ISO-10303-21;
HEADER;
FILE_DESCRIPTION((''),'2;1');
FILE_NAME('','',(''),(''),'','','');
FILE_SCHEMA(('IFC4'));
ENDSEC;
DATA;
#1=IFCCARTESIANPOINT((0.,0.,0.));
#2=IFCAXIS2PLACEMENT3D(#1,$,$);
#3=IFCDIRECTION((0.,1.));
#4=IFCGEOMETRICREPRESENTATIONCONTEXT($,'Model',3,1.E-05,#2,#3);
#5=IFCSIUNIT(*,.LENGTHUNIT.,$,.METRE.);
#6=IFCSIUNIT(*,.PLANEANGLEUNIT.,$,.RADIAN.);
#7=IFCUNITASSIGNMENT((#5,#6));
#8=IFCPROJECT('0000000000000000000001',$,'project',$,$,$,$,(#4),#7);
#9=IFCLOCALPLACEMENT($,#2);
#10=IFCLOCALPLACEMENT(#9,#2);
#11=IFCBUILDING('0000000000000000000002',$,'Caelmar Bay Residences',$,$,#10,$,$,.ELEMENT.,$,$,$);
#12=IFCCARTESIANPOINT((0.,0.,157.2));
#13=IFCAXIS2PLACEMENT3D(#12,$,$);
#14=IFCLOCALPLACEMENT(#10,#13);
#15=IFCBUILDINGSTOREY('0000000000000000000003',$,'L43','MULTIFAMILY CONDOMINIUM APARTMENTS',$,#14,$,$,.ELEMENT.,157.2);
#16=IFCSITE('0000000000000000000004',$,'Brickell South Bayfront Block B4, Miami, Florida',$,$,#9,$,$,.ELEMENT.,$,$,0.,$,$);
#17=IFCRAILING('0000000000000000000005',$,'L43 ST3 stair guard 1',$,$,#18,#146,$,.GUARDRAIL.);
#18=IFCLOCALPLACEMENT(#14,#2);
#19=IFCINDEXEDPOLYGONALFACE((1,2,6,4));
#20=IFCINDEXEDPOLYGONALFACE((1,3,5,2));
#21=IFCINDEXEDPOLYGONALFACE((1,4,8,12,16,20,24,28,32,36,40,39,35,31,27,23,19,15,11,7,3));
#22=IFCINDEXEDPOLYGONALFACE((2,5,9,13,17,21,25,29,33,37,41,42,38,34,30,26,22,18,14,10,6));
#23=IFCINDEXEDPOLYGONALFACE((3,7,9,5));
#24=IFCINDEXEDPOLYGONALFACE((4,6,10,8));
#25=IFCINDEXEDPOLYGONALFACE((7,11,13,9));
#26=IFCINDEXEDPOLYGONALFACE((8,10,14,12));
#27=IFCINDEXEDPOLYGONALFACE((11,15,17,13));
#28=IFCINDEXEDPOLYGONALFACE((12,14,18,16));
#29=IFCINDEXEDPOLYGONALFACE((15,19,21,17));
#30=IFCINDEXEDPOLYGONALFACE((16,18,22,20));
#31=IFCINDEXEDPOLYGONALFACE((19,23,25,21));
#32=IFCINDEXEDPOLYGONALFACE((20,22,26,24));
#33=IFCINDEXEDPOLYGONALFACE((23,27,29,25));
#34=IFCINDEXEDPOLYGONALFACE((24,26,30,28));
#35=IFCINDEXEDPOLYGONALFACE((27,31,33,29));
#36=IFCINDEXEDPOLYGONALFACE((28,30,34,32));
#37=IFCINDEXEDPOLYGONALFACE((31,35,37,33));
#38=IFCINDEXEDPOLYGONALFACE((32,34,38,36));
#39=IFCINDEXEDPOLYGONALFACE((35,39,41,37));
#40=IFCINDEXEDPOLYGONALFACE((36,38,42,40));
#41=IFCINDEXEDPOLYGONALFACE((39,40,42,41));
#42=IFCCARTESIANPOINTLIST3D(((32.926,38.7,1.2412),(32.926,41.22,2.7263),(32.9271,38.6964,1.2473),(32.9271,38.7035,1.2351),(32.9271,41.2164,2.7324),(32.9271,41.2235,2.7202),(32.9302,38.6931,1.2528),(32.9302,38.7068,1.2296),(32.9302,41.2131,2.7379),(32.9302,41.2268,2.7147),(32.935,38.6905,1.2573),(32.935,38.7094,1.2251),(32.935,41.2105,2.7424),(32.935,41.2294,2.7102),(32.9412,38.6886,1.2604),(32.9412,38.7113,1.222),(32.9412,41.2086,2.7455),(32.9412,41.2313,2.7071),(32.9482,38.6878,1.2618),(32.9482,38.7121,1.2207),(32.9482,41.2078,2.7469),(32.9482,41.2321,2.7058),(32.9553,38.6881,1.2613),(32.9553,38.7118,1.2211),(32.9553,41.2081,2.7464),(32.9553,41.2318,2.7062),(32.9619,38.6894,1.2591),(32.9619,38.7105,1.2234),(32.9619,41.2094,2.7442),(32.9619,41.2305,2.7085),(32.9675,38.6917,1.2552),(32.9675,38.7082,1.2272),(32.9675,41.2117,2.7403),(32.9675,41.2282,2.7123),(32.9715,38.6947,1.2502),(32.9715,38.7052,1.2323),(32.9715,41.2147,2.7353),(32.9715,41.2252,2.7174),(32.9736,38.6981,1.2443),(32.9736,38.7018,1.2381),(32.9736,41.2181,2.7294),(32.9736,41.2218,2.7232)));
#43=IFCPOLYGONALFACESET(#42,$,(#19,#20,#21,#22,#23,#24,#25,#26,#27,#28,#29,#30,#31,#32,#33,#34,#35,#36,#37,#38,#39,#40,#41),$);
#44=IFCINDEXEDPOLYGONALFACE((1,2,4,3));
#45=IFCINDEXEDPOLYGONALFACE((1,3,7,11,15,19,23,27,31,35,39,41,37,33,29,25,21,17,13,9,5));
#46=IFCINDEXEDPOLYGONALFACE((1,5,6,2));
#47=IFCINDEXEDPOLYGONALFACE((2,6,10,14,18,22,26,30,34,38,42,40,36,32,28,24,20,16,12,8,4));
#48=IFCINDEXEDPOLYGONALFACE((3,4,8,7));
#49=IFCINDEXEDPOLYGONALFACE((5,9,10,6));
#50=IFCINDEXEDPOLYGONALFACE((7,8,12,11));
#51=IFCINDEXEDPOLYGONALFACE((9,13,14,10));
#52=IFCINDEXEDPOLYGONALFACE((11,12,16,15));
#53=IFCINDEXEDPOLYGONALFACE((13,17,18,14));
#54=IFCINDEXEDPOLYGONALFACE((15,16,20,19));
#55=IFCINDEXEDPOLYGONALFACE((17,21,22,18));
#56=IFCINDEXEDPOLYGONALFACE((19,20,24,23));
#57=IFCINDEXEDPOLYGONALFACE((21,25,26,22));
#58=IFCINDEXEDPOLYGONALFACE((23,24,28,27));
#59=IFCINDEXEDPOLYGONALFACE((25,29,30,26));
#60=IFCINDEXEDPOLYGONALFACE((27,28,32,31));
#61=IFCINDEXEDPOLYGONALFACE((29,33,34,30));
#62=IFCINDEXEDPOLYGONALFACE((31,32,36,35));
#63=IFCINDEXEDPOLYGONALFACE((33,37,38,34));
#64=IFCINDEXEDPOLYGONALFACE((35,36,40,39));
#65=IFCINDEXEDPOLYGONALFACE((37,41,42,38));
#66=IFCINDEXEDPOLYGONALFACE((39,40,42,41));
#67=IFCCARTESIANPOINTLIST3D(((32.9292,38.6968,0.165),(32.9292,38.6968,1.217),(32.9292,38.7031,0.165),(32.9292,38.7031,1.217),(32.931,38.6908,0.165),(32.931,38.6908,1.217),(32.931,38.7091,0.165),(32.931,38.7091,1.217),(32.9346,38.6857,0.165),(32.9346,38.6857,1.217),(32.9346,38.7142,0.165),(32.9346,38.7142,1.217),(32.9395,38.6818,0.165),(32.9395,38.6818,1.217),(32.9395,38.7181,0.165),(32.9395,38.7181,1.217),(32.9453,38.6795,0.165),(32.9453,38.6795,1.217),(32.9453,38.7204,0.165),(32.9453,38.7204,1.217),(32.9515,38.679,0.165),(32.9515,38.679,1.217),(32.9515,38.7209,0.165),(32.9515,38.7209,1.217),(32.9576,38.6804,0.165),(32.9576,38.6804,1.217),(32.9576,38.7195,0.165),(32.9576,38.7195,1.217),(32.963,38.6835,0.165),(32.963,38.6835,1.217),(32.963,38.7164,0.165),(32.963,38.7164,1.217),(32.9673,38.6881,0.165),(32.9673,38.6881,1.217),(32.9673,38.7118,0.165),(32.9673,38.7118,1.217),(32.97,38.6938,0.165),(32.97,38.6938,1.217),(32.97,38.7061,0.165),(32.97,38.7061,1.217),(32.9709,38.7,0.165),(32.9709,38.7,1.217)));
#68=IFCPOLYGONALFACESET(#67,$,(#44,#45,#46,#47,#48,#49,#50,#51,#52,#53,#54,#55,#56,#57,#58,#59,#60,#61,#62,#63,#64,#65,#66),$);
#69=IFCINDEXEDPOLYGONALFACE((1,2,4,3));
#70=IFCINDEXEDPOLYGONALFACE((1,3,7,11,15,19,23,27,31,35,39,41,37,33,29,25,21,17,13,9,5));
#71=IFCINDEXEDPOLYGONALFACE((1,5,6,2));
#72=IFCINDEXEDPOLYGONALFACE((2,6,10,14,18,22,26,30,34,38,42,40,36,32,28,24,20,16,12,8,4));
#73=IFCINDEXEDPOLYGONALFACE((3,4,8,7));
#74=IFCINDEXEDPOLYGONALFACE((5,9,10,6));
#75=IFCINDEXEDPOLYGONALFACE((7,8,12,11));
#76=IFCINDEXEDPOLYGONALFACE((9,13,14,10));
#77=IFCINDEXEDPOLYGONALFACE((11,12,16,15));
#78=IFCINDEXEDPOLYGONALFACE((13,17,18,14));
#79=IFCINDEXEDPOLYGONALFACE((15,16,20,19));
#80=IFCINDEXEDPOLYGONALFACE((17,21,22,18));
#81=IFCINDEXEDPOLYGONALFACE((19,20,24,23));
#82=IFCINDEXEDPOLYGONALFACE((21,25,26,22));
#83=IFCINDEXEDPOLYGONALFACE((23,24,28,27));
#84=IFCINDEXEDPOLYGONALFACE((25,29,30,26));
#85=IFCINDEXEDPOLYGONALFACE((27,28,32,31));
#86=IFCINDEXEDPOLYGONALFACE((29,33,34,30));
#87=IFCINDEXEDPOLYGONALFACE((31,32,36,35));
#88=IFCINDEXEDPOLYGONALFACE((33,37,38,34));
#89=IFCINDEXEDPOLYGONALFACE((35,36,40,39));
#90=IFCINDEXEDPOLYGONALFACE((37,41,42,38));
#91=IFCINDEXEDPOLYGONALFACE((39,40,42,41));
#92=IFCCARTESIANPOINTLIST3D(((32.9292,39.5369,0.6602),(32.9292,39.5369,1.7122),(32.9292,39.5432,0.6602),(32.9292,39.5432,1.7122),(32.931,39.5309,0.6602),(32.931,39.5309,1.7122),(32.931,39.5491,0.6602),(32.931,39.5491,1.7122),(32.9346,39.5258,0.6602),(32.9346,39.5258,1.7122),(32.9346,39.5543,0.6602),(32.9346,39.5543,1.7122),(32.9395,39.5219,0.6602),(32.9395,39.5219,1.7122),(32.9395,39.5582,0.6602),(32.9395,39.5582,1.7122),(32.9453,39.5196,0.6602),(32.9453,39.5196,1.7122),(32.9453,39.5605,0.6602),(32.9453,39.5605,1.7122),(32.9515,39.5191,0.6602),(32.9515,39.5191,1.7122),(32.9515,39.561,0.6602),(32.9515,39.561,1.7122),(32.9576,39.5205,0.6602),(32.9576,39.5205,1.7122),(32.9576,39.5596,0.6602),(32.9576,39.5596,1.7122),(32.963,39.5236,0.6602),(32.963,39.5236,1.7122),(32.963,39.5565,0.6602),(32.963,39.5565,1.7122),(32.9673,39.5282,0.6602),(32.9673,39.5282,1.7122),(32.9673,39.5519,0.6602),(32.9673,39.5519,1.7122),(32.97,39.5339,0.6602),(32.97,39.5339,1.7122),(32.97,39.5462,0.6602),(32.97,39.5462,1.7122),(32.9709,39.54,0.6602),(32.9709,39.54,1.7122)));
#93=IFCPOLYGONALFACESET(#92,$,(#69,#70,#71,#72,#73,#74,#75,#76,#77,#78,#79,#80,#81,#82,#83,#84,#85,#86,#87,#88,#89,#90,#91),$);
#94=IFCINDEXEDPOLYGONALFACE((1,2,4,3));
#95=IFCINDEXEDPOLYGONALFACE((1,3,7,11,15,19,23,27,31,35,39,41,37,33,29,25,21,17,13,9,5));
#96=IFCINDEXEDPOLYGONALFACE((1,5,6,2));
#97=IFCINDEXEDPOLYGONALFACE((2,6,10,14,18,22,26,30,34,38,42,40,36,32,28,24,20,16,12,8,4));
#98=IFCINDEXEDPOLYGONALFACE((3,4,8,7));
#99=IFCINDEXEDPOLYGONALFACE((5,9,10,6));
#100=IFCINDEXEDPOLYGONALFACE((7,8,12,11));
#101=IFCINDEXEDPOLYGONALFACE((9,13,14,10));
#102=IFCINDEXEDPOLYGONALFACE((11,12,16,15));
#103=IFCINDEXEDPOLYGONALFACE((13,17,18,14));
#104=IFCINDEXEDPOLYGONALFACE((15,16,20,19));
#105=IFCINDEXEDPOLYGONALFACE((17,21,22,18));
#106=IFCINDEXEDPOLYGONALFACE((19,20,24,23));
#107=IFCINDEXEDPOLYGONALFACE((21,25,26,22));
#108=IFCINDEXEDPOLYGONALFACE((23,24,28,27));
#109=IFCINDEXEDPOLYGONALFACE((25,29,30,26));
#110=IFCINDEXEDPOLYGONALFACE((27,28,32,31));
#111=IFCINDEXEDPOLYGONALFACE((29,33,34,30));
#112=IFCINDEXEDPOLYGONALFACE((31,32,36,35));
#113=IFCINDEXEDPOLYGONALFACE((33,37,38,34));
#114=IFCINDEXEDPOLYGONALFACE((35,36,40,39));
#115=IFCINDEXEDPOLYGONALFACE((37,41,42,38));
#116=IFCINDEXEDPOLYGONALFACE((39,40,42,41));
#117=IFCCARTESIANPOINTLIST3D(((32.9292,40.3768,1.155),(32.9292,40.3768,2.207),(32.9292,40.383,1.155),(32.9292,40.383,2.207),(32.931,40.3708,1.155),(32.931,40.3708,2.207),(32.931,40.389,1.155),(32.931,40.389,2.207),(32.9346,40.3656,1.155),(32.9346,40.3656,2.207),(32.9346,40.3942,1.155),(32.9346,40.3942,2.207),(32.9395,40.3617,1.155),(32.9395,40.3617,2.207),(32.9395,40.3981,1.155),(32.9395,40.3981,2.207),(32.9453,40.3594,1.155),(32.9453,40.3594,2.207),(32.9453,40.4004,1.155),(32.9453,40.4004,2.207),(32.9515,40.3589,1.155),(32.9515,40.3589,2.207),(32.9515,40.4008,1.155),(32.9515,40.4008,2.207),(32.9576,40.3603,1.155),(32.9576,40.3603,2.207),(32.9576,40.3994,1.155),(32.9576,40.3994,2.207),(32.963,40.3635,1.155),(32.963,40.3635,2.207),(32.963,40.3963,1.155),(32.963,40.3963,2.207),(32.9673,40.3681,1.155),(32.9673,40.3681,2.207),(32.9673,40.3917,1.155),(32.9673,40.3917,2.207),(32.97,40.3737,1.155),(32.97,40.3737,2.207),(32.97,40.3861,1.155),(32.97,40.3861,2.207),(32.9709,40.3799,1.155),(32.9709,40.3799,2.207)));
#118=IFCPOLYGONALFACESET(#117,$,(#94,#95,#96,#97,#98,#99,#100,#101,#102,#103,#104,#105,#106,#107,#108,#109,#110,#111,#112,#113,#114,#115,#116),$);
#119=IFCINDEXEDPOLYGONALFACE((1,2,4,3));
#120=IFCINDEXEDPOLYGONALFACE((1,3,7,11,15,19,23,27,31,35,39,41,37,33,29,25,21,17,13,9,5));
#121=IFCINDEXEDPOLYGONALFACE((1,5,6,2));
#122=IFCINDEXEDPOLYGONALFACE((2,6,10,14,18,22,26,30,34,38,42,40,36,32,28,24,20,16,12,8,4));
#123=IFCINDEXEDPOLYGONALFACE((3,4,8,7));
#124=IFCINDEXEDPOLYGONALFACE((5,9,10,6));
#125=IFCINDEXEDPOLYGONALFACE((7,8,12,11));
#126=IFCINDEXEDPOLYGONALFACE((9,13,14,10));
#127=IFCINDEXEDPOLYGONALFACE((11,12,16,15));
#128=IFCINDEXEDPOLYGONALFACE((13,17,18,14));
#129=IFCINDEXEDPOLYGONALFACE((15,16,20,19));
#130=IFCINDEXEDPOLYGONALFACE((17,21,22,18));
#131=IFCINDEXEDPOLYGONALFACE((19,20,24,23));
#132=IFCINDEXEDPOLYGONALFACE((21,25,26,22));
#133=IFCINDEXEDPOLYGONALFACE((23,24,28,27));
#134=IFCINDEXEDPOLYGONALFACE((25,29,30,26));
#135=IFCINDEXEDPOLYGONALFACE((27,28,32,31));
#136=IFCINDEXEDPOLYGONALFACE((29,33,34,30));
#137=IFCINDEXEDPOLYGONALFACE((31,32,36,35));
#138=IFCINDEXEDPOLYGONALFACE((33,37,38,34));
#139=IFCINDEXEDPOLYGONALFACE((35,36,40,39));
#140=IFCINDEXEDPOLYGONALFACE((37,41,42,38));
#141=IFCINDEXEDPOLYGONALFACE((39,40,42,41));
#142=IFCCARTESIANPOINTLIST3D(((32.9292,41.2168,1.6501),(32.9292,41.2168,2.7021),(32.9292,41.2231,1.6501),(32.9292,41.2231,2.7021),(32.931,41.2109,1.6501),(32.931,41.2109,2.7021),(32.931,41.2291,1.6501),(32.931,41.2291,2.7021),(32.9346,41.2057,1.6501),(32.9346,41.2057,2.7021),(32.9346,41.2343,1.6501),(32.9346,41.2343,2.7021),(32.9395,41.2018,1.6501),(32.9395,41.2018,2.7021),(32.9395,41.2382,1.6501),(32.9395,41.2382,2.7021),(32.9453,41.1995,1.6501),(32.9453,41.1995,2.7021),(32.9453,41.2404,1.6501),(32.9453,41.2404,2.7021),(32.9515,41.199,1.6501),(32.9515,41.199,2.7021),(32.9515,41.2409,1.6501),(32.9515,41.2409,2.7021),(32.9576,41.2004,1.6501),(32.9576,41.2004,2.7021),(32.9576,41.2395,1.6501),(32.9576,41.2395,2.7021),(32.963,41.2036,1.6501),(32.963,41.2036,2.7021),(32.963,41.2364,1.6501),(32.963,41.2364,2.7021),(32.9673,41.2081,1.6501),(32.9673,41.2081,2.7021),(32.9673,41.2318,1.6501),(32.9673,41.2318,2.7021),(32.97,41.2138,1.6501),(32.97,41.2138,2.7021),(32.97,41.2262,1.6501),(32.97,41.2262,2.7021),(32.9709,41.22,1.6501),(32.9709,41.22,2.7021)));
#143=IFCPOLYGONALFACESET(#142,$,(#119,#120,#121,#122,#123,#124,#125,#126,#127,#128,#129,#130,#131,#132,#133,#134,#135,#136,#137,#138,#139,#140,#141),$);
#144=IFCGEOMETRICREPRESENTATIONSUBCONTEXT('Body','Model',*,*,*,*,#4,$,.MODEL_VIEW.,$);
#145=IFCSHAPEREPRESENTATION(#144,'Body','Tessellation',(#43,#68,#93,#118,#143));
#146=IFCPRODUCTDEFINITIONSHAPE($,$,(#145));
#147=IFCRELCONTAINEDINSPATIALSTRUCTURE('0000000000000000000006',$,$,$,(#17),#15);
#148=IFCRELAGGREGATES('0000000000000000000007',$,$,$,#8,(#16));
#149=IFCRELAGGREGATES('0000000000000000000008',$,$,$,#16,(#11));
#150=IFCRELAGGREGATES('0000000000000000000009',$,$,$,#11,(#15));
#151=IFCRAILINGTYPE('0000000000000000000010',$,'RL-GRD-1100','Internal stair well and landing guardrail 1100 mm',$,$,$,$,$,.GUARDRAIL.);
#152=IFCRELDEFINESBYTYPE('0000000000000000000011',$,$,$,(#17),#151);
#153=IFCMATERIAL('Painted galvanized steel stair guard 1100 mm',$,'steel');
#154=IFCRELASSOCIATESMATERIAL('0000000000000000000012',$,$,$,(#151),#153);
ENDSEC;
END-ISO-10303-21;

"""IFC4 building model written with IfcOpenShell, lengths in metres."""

from ifc_helpers import new_model, si_unit, direction, frame, origin, origin_2d, place, context, subcontext, project, spatial, circle, extrude, material, type_object, element, save


model = new_model("IFC4")

# Units and contexts
model_context = context("Model", 3, precision=1e-05, world=origin(), true_north=direction((0.0, 1.0)))
body_context = subcontext(model_context, "Body", "Model", "MODEL_VIEW")
ifc_project = project(units=[si_unit("LENGTHUNIT", "METRE"), si_unit("PLANEANGLEUNIT", "RADIAN")], contexts=[model_context])

# Site, building, storey
site_placement = place(None, origin())
site = spatial("IfcSite", under=ifc_project, at=site_placement, Name="Brickell South Bayfront Block B4, Miami, Florida", CompositionType="ELEMENT", RefElevation=0.0)
building_placement = place(site_placement, origin())
building = spatial("IfcBuilding", under=site, at=building_placement, Name="Caelmar Bay Residences", CompositionType="ELEMENT")
storey_placement = place(building_placement, frame((0.0, 0.0, 157.2)))
storey = spatial("IfcBuildingStorey", under=building, at=storey_placement, Name="L43", Description="MULTIFAMILY CONDOMINIUM APARTMENTS", CompositionType="ELEMENT", Elevation=157.2)

# Railing
ifc_material_1 = material(Name="Painted galvanized steel stair guard 1100 mm", Category="steel")
railing_type_1 = type_object("IfcRailingType", Name="RL-GRD-1100", Description="Internal stair well and landing guardrail 1100 mm", PredefinedType="GUARDRAIL", material=ifc_material_1)
railing_1_placement = place(storey_placement, frame((32.95, 38.7, 0.165)))
element("IfcRailing", 1, at=railing_1_placement, inside=storey, type_object=railing_type_1, Name="L43 ST3 stair guard 1", PredefinedType="GUARDRAIL", context=body_context, shape_type="SweptSolid", body=[
    extrude(circle(Radius=0.0239, at=origin_2d()), frame((0.0, 0.0, 1.0762), z_axis=(0.0, 0.861524, 0.507717), x_axis=(-1.0, 0.0, 0.0)), (0.0, 0.0, 1.0), 2.925),
    extrude(circle(Radius=0.021, at=origin_2d()), origin(), (0.0, 0.0, 1.0), 1.052),
    extrude(circle(Radius=0.021, at=origin_2d()), frame((0.0, 0.8401, 0.4951)), (0.0, 0.0, 1.0), 1.052),
    extrude(circle(Radius=0.021, at=origin_2d()), frame((0.0, 1.6799, 0.99)), (0.0, 0.0, 1.0), 1.052),
    extrude(circle(Radius=0.021, at=origin_2d()), frame((0.0, 2.52, 1.4851)), (0.0, 0.0, 1.0), 1.052),
])

save(model, "model.ifc")
